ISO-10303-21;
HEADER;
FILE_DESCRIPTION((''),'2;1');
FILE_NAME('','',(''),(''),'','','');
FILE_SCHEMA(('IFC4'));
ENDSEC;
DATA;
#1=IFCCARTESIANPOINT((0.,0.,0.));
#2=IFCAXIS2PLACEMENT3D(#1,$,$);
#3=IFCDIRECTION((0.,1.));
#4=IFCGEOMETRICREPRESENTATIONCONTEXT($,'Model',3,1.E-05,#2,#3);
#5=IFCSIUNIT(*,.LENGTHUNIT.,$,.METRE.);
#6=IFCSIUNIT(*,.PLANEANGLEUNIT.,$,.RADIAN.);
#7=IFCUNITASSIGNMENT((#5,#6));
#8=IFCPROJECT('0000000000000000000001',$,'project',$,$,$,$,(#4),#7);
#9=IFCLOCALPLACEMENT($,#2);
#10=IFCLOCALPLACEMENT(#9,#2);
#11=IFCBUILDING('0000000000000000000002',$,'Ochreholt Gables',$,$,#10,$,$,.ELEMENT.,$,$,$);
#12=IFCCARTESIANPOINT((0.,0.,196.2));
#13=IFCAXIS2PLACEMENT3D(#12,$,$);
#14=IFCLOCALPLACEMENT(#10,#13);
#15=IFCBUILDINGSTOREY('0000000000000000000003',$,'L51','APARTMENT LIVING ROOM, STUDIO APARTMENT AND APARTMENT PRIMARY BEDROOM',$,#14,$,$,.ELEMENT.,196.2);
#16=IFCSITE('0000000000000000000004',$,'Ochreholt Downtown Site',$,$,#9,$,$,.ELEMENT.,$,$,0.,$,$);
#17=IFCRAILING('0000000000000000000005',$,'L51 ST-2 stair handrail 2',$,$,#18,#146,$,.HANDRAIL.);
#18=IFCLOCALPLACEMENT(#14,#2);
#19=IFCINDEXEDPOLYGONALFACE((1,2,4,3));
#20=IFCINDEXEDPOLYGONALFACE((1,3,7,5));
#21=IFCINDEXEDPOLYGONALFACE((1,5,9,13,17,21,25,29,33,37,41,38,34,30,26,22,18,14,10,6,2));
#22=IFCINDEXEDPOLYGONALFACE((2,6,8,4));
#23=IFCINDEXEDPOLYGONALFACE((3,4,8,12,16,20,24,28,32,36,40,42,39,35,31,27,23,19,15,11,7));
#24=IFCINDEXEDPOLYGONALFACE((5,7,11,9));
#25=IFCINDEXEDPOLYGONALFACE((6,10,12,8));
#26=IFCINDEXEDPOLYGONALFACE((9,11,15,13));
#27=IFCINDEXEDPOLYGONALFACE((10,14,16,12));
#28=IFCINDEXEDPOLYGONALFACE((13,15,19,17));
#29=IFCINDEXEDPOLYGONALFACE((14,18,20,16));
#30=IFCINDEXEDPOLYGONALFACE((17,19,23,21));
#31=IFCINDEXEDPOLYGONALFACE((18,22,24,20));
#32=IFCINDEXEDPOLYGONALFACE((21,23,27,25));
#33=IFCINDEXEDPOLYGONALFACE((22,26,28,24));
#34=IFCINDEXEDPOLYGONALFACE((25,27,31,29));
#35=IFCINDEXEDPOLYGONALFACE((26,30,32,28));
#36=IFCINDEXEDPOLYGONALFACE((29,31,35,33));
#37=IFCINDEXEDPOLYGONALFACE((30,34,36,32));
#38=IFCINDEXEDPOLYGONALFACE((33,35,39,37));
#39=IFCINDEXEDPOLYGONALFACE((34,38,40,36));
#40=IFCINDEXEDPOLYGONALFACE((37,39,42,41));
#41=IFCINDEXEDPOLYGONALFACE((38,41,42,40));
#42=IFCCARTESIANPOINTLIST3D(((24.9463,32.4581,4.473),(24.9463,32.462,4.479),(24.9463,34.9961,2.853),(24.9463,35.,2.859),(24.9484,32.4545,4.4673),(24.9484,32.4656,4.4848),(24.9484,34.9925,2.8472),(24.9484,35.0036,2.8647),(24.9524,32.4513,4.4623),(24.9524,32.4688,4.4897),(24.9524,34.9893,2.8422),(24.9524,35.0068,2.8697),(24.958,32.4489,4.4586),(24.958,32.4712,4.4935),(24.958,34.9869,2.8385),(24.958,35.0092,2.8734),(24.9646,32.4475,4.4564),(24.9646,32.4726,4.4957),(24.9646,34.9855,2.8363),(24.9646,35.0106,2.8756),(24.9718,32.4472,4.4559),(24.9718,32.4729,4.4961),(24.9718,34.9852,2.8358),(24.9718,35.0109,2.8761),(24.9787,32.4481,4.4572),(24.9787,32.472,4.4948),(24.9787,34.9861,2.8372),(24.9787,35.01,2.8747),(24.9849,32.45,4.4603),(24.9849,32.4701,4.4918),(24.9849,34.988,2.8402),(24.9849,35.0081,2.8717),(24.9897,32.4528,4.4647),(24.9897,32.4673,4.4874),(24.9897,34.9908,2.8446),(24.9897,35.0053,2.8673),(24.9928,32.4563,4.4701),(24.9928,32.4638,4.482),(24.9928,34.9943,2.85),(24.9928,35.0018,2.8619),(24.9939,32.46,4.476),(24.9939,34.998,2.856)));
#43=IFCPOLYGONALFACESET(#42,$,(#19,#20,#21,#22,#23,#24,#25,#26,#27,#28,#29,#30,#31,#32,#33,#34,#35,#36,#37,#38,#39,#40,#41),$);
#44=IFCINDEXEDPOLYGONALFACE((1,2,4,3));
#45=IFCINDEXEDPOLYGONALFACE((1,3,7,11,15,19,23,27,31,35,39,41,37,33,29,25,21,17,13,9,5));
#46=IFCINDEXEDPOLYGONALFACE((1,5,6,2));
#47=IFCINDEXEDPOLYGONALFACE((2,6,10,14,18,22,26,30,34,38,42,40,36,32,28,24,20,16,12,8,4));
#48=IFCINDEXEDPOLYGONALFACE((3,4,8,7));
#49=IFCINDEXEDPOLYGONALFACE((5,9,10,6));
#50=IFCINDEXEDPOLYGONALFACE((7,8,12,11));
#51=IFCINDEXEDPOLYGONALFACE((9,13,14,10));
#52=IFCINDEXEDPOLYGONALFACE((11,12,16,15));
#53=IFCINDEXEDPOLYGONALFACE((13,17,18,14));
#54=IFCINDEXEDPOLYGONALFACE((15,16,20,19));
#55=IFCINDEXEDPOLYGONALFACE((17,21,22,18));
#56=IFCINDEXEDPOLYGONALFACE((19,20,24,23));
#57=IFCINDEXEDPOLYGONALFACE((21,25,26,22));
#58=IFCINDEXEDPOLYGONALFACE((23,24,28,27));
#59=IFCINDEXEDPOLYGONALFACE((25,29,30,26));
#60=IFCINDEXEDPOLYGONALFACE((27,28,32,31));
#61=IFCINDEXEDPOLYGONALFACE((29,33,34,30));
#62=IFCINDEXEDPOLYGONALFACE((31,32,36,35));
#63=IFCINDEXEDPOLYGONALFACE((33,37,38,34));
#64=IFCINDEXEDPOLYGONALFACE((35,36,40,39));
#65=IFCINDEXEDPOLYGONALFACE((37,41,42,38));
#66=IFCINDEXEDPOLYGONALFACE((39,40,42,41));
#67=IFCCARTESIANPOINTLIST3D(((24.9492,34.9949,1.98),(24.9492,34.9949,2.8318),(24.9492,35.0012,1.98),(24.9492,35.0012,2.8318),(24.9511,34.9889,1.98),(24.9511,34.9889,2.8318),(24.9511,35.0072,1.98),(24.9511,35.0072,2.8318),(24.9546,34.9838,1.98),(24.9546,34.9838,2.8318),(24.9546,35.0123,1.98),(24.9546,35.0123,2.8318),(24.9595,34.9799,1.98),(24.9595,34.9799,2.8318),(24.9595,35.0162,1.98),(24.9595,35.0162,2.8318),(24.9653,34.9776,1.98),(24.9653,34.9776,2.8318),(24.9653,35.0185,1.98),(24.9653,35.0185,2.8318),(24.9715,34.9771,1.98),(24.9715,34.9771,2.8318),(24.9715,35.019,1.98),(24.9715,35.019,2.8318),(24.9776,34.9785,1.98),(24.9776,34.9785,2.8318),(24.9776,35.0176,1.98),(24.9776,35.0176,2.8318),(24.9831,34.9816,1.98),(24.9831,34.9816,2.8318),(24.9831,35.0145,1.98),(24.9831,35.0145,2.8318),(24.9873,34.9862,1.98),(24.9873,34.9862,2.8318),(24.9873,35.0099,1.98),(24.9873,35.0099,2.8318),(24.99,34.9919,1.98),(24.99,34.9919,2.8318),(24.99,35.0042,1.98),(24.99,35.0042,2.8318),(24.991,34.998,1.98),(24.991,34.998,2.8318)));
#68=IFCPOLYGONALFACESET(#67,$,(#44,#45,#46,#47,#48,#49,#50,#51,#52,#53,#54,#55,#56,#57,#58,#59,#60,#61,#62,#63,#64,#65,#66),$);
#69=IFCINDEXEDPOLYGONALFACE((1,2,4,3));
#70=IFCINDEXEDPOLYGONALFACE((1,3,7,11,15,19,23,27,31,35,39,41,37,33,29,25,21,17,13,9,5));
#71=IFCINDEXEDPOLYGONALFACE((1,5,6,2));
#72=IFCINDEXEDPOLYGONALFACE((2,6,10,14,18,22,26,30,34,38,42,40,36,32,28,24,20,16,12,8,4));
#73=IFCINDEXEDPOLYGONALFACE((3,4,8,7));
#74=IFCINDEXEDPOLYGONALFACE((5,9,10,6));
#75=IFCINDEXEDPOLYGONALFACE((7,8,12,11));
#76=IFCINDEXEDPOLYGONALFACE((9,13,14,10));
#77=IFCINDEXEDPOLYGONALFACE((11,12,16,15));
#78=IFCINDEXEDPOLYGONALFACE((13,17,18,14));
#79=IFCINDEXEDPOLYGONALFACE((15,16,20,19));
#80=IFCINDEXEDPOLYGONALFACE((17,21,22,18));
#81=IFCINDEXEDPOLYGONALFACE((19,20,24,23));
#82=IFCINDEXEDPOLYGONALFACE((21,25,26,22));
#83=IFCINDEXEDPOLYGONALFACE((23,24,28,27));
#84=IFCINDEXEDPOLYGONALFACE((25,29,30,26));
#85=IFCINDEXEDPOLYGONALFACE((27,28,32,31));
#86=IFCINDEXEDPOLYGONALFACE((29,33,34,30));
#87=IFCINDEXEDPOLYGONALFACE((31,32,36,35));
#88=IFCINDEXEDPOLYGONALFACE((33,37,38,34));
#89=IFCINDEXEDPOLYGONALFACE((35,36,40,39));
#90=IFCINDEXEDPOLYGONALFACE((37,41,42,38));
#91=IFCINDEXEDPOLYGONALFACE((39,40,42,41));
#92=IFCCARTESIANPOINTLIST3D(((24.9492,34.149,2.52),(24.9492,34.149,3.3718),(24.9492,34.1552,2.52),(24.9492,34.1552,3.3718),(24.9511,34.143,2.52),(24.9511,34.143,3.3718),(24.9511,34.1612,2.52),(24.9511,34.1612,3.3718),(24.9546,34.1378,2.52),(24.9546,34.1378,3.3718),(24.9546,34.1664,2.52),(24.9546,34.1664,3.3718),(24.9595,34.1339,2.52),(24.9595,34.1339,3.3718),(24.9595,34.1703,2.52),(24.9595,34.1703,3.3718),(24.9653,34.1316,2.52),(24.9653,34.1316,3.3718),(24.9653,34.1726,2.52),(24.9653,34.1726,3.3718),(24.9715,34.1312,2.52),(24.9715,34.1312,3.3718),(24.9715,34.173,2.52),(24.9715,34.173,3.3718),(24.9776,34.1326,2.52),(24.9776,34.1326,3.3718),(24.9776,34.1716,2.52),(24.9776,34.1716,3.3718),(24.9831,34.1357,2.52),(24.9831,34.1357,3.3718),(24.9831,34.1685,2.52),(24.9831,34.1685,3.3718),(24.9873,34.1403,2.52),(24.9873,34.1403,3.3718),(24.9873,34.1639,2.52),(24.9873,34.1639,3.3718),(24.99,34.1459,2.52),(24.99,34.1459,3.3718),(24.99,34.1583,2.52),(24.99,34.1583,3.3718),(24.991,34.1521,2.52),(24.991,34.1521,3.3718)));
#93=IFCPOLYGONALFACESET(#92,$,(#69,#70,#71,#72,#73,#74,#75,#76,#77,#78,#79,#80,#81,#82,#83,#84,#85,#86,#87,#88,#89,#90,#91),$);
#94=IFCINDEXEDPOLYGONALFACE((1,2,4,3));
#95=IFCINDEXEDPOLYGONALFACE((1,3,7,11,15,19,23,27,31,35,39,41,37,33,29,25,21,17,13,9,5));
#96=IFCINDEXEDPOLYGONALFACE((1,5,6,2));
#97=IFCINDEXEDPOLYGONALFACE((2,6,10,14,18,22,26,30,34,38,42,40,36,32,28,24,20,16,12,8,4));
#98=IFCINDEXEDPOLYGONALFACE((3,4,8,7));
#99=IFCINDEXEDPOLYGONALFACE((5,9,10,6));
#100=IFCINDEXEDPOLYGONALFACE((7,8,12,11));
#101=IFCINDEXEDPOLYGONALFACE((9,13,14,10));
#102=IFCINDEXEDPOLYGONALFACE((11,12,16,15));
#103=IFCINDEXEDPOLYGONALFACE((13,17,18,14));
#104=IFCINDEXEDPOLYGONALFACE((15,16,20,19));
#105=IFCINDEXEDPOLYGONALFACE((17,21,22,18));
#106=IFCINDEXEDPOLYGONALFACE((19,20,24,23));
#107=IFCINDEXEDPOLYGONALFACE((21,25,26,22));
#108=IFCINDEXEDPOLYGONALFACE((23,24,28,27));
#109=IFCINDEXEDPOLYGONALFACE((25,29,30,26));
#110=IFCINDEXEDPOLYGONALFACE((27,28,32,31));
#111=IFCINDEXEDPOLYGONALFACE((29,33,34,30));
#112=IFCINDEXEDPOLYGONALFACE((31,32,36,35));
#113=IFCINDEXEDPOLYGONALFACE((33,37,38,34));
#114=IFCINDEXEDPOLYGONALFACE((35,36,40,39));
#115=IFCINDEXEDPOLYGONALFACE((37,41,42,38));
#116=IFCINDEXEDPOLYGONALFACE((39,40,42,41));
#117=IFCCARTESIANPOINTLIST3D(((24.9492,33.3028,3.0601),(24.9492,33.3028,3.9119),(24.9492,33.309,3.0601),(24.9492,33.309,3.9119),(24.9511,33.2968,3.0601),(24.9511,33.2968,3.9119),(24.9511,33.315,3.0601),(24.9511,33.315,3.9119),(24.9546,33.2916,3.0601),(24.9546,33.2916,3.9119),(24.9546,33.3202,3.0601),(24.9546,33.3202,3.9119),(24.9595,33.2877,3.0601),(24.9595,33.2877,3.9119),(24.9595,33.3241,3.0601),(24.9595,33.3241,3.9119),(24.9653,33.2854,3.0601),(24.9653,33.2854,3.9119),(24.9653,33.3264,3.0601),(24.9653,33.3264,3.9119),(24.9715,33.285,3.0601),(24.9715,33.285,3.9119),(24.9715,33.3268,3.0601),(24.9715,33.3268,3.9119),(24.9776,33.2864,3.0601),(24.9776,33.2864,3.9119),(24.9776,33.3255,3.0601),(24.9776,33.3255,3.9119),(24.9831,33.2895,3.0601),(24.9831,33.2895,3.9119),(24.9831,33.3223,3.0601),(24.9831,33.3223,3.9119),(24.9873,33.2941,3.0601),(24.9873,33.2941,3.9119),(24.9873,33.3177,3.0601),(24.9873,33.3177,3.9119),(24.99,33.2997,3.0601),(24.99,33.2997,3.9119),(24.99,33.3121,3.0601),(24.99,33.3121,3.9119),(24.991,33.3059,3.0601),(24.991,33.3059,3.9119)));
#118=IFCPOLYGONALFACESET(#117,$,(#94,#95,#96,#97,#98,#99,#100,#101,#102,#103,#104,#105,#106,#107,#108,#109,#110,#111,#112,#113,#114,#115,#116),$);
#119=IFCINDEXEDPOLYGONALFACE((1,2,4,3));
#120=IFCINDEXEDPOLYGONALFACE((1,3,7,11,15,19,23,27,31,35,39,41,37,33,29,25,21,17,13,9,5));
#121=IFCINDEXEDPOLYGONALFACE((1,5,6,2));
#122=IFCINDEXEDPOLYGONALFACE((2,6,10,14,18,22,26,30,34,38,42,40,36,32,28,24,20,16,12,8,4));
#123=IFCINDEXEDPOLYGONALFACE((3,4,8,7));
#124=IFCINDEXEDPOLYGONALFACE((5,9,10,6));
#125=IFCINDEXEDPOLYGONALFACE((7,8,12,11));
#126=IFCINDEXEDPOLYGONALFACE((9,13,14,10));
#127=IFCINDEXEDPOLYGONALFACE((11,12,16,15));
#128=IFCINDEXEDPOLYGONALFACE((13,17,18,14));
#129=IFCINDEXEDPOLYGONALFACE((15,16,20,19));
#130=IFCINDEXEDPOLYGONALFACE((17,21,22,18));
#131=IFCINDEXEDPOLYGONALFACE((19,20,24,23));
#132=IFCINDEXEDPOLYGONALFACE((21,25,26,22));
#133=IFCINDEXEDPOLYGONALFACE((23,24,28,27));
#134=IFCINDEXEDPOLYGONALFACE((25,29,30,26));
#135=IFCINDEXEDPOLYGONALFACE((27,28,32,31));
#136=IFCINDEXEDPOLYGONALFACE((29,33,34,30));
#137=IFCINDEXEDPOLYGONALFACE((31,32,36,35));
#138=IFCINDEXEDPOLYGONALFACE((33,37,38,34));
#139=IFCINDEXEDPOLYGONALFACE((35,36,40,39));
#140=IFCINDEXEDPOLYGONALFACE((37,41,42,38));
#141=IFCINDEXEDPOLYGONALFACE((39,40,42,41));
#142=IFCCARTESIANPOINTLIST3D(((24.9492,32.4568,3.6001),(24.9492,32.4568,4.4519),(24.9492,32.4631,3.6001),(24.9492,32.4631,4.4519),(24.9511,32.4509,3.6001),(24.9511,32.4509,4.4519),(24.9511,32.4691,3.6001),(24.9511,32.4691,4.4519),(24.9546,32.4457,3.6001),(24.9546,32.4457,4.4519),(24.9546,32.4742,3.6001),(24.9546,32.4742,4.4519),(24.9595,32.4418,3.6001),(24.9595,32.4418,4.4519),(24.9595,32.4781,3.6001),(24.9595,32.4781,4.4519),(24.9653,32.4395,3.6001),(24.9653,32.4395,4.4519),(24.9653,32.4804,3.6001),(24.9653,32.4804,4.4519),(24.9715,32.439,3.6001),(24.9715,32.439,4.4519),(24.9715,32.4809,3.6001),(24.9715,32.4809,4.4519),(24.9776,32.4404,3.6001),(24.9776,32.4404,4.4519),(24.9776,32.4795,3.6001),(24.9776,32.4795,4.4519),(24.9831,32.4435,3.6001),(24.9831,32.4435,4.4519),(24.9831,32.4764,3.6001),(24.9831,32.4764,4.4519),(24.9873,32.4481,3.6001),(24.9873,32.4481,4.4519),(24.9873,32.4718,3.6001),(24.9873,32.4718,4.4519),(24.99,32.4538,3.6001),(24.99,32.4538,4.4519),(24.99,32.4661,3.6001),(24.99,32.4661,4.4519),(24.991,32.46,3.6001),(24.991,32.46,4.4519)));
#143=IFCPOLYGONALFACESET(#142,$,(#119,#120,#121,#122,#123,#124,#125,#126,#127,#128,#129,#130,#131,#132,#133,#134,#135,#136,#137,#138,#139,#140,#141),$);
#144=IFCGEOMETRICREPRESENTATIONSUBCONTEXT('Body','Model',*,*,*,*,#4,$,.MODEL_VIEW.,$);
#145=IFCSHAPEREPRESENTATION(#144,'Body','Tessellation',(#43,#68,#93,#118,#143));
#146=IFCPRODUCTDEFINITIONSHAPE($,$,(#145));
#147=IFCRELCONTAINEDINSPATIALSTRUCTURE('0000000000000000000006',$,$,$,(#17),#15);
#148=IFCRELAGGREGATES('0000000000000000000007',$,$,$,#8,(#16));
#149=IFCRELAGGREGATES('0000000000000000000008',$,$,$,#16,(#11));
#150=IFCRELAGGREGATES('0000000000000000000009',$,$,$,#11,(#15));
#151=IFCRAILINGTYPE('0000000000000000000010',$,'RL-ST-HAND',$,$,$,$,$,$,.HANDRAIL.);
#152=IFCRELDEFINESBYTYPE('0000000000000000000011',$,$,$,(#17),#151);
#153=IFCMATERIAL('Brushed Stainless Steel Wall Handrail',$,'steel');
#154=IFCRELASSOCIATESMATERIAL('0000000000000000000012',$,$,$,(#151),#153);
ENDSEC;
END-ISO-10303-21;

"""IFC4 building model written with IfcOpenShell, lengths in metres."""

from ifc_helpers import new_model, si_unit, direction, frame, origin, origin_2d, place, context, subcontext, project, spatial, circle, extrude, material, type_object, element, save


model = new_model("IFC4")

# Units and contexts
model_context = context("Model", 3, precision=1e-05, world=origin(), true_north=direction((0.0, 1.0)))
body_context = subcontext(model_context, "Body", "Model", "MODEL_VIEW")
ifc_project = project(units=[si_unit("LENGTHUNIT", "METRE"), si_unit("PLANEANGLEUNIT", "RADIAN")], contexts=[model_context])

# Site, building, storey
site_placement = place(None, origin())
site = spatial("IfcSite", under=ifc_project, at=site_placement, Name="Ochreholt Downtown Site", CompositionType="ELEMENT", RefElevation=0.0)
building_placement = place(site_placement, origin())
building = spatial("IfcBuilding", under=site, at=building_placement, Name="Ochreholt Gables", CompositionType="ELEMENT")
storey_placement = place(building_placement, frame((0.0, 0.0, 196.2)))
storey = spatial("IfcBuildingStorey", under=building, at=storey_placement, Name="L51", Description="APARTMENT LIVING ROOM, STUDIO APARTMENT AND APARTMENT PRIMARY BEDROOM", CompositionType="ELEMENT", Elevation=196.2)

# Railing
ifc_material_1 = material(Name="Brushed Stainless Steel Wall Handrail", Category="steel")
railing_type_1 = type_object("IfcRailingType", Name="RL-ST-HAND", PredefinedType="HANDRAIL", material=ifc_material_1)
railing_1_placement = place(storey_placement, frame((24.97, 34.998, 1.98)))
element("IfcRailing", 1, at=railing_1_placement, inside=storey, type_object=railing_type_1, Name="L51 ST-2 stair handrail 2", PredefinedType="HANDRAIL", context=body_context, shape_type="SweptSolid", body=[
    extrude(circle(Radius=0.0239, at=origin_2d()), frame((0.0, 0.0, 0.876), z_axis=(0.0, -0.842913, 0.53805), x_axis=(1.0, 0.0, 0.0)), (0.0, 0.0, 1.0), 3.011),
    extrude(circle(Radius=0.021, at=origin_2d()), origin(), (0.0, 0.0, 1.0), 0.8518),
    extrude(circle(Radius=0.021, at=origin_2d()), frame((0.0, -0.8459, 0.54)), (0.0, 0.0, 1.0), 0.8518),
    extrude(circle(Radius=0.021, at=origin_2d()), frame((0.0, -1.6921, 1.0801)), (0.0, 0.0, 1.0), 0.8518),
    extrude(circle(Radius=0.021, at=origin_2d()), frame((0.0, -2.5381, 1.6201)), (0.0, 0.0, 1.0), 0.8518),
])

save(model, "model.ifc")
